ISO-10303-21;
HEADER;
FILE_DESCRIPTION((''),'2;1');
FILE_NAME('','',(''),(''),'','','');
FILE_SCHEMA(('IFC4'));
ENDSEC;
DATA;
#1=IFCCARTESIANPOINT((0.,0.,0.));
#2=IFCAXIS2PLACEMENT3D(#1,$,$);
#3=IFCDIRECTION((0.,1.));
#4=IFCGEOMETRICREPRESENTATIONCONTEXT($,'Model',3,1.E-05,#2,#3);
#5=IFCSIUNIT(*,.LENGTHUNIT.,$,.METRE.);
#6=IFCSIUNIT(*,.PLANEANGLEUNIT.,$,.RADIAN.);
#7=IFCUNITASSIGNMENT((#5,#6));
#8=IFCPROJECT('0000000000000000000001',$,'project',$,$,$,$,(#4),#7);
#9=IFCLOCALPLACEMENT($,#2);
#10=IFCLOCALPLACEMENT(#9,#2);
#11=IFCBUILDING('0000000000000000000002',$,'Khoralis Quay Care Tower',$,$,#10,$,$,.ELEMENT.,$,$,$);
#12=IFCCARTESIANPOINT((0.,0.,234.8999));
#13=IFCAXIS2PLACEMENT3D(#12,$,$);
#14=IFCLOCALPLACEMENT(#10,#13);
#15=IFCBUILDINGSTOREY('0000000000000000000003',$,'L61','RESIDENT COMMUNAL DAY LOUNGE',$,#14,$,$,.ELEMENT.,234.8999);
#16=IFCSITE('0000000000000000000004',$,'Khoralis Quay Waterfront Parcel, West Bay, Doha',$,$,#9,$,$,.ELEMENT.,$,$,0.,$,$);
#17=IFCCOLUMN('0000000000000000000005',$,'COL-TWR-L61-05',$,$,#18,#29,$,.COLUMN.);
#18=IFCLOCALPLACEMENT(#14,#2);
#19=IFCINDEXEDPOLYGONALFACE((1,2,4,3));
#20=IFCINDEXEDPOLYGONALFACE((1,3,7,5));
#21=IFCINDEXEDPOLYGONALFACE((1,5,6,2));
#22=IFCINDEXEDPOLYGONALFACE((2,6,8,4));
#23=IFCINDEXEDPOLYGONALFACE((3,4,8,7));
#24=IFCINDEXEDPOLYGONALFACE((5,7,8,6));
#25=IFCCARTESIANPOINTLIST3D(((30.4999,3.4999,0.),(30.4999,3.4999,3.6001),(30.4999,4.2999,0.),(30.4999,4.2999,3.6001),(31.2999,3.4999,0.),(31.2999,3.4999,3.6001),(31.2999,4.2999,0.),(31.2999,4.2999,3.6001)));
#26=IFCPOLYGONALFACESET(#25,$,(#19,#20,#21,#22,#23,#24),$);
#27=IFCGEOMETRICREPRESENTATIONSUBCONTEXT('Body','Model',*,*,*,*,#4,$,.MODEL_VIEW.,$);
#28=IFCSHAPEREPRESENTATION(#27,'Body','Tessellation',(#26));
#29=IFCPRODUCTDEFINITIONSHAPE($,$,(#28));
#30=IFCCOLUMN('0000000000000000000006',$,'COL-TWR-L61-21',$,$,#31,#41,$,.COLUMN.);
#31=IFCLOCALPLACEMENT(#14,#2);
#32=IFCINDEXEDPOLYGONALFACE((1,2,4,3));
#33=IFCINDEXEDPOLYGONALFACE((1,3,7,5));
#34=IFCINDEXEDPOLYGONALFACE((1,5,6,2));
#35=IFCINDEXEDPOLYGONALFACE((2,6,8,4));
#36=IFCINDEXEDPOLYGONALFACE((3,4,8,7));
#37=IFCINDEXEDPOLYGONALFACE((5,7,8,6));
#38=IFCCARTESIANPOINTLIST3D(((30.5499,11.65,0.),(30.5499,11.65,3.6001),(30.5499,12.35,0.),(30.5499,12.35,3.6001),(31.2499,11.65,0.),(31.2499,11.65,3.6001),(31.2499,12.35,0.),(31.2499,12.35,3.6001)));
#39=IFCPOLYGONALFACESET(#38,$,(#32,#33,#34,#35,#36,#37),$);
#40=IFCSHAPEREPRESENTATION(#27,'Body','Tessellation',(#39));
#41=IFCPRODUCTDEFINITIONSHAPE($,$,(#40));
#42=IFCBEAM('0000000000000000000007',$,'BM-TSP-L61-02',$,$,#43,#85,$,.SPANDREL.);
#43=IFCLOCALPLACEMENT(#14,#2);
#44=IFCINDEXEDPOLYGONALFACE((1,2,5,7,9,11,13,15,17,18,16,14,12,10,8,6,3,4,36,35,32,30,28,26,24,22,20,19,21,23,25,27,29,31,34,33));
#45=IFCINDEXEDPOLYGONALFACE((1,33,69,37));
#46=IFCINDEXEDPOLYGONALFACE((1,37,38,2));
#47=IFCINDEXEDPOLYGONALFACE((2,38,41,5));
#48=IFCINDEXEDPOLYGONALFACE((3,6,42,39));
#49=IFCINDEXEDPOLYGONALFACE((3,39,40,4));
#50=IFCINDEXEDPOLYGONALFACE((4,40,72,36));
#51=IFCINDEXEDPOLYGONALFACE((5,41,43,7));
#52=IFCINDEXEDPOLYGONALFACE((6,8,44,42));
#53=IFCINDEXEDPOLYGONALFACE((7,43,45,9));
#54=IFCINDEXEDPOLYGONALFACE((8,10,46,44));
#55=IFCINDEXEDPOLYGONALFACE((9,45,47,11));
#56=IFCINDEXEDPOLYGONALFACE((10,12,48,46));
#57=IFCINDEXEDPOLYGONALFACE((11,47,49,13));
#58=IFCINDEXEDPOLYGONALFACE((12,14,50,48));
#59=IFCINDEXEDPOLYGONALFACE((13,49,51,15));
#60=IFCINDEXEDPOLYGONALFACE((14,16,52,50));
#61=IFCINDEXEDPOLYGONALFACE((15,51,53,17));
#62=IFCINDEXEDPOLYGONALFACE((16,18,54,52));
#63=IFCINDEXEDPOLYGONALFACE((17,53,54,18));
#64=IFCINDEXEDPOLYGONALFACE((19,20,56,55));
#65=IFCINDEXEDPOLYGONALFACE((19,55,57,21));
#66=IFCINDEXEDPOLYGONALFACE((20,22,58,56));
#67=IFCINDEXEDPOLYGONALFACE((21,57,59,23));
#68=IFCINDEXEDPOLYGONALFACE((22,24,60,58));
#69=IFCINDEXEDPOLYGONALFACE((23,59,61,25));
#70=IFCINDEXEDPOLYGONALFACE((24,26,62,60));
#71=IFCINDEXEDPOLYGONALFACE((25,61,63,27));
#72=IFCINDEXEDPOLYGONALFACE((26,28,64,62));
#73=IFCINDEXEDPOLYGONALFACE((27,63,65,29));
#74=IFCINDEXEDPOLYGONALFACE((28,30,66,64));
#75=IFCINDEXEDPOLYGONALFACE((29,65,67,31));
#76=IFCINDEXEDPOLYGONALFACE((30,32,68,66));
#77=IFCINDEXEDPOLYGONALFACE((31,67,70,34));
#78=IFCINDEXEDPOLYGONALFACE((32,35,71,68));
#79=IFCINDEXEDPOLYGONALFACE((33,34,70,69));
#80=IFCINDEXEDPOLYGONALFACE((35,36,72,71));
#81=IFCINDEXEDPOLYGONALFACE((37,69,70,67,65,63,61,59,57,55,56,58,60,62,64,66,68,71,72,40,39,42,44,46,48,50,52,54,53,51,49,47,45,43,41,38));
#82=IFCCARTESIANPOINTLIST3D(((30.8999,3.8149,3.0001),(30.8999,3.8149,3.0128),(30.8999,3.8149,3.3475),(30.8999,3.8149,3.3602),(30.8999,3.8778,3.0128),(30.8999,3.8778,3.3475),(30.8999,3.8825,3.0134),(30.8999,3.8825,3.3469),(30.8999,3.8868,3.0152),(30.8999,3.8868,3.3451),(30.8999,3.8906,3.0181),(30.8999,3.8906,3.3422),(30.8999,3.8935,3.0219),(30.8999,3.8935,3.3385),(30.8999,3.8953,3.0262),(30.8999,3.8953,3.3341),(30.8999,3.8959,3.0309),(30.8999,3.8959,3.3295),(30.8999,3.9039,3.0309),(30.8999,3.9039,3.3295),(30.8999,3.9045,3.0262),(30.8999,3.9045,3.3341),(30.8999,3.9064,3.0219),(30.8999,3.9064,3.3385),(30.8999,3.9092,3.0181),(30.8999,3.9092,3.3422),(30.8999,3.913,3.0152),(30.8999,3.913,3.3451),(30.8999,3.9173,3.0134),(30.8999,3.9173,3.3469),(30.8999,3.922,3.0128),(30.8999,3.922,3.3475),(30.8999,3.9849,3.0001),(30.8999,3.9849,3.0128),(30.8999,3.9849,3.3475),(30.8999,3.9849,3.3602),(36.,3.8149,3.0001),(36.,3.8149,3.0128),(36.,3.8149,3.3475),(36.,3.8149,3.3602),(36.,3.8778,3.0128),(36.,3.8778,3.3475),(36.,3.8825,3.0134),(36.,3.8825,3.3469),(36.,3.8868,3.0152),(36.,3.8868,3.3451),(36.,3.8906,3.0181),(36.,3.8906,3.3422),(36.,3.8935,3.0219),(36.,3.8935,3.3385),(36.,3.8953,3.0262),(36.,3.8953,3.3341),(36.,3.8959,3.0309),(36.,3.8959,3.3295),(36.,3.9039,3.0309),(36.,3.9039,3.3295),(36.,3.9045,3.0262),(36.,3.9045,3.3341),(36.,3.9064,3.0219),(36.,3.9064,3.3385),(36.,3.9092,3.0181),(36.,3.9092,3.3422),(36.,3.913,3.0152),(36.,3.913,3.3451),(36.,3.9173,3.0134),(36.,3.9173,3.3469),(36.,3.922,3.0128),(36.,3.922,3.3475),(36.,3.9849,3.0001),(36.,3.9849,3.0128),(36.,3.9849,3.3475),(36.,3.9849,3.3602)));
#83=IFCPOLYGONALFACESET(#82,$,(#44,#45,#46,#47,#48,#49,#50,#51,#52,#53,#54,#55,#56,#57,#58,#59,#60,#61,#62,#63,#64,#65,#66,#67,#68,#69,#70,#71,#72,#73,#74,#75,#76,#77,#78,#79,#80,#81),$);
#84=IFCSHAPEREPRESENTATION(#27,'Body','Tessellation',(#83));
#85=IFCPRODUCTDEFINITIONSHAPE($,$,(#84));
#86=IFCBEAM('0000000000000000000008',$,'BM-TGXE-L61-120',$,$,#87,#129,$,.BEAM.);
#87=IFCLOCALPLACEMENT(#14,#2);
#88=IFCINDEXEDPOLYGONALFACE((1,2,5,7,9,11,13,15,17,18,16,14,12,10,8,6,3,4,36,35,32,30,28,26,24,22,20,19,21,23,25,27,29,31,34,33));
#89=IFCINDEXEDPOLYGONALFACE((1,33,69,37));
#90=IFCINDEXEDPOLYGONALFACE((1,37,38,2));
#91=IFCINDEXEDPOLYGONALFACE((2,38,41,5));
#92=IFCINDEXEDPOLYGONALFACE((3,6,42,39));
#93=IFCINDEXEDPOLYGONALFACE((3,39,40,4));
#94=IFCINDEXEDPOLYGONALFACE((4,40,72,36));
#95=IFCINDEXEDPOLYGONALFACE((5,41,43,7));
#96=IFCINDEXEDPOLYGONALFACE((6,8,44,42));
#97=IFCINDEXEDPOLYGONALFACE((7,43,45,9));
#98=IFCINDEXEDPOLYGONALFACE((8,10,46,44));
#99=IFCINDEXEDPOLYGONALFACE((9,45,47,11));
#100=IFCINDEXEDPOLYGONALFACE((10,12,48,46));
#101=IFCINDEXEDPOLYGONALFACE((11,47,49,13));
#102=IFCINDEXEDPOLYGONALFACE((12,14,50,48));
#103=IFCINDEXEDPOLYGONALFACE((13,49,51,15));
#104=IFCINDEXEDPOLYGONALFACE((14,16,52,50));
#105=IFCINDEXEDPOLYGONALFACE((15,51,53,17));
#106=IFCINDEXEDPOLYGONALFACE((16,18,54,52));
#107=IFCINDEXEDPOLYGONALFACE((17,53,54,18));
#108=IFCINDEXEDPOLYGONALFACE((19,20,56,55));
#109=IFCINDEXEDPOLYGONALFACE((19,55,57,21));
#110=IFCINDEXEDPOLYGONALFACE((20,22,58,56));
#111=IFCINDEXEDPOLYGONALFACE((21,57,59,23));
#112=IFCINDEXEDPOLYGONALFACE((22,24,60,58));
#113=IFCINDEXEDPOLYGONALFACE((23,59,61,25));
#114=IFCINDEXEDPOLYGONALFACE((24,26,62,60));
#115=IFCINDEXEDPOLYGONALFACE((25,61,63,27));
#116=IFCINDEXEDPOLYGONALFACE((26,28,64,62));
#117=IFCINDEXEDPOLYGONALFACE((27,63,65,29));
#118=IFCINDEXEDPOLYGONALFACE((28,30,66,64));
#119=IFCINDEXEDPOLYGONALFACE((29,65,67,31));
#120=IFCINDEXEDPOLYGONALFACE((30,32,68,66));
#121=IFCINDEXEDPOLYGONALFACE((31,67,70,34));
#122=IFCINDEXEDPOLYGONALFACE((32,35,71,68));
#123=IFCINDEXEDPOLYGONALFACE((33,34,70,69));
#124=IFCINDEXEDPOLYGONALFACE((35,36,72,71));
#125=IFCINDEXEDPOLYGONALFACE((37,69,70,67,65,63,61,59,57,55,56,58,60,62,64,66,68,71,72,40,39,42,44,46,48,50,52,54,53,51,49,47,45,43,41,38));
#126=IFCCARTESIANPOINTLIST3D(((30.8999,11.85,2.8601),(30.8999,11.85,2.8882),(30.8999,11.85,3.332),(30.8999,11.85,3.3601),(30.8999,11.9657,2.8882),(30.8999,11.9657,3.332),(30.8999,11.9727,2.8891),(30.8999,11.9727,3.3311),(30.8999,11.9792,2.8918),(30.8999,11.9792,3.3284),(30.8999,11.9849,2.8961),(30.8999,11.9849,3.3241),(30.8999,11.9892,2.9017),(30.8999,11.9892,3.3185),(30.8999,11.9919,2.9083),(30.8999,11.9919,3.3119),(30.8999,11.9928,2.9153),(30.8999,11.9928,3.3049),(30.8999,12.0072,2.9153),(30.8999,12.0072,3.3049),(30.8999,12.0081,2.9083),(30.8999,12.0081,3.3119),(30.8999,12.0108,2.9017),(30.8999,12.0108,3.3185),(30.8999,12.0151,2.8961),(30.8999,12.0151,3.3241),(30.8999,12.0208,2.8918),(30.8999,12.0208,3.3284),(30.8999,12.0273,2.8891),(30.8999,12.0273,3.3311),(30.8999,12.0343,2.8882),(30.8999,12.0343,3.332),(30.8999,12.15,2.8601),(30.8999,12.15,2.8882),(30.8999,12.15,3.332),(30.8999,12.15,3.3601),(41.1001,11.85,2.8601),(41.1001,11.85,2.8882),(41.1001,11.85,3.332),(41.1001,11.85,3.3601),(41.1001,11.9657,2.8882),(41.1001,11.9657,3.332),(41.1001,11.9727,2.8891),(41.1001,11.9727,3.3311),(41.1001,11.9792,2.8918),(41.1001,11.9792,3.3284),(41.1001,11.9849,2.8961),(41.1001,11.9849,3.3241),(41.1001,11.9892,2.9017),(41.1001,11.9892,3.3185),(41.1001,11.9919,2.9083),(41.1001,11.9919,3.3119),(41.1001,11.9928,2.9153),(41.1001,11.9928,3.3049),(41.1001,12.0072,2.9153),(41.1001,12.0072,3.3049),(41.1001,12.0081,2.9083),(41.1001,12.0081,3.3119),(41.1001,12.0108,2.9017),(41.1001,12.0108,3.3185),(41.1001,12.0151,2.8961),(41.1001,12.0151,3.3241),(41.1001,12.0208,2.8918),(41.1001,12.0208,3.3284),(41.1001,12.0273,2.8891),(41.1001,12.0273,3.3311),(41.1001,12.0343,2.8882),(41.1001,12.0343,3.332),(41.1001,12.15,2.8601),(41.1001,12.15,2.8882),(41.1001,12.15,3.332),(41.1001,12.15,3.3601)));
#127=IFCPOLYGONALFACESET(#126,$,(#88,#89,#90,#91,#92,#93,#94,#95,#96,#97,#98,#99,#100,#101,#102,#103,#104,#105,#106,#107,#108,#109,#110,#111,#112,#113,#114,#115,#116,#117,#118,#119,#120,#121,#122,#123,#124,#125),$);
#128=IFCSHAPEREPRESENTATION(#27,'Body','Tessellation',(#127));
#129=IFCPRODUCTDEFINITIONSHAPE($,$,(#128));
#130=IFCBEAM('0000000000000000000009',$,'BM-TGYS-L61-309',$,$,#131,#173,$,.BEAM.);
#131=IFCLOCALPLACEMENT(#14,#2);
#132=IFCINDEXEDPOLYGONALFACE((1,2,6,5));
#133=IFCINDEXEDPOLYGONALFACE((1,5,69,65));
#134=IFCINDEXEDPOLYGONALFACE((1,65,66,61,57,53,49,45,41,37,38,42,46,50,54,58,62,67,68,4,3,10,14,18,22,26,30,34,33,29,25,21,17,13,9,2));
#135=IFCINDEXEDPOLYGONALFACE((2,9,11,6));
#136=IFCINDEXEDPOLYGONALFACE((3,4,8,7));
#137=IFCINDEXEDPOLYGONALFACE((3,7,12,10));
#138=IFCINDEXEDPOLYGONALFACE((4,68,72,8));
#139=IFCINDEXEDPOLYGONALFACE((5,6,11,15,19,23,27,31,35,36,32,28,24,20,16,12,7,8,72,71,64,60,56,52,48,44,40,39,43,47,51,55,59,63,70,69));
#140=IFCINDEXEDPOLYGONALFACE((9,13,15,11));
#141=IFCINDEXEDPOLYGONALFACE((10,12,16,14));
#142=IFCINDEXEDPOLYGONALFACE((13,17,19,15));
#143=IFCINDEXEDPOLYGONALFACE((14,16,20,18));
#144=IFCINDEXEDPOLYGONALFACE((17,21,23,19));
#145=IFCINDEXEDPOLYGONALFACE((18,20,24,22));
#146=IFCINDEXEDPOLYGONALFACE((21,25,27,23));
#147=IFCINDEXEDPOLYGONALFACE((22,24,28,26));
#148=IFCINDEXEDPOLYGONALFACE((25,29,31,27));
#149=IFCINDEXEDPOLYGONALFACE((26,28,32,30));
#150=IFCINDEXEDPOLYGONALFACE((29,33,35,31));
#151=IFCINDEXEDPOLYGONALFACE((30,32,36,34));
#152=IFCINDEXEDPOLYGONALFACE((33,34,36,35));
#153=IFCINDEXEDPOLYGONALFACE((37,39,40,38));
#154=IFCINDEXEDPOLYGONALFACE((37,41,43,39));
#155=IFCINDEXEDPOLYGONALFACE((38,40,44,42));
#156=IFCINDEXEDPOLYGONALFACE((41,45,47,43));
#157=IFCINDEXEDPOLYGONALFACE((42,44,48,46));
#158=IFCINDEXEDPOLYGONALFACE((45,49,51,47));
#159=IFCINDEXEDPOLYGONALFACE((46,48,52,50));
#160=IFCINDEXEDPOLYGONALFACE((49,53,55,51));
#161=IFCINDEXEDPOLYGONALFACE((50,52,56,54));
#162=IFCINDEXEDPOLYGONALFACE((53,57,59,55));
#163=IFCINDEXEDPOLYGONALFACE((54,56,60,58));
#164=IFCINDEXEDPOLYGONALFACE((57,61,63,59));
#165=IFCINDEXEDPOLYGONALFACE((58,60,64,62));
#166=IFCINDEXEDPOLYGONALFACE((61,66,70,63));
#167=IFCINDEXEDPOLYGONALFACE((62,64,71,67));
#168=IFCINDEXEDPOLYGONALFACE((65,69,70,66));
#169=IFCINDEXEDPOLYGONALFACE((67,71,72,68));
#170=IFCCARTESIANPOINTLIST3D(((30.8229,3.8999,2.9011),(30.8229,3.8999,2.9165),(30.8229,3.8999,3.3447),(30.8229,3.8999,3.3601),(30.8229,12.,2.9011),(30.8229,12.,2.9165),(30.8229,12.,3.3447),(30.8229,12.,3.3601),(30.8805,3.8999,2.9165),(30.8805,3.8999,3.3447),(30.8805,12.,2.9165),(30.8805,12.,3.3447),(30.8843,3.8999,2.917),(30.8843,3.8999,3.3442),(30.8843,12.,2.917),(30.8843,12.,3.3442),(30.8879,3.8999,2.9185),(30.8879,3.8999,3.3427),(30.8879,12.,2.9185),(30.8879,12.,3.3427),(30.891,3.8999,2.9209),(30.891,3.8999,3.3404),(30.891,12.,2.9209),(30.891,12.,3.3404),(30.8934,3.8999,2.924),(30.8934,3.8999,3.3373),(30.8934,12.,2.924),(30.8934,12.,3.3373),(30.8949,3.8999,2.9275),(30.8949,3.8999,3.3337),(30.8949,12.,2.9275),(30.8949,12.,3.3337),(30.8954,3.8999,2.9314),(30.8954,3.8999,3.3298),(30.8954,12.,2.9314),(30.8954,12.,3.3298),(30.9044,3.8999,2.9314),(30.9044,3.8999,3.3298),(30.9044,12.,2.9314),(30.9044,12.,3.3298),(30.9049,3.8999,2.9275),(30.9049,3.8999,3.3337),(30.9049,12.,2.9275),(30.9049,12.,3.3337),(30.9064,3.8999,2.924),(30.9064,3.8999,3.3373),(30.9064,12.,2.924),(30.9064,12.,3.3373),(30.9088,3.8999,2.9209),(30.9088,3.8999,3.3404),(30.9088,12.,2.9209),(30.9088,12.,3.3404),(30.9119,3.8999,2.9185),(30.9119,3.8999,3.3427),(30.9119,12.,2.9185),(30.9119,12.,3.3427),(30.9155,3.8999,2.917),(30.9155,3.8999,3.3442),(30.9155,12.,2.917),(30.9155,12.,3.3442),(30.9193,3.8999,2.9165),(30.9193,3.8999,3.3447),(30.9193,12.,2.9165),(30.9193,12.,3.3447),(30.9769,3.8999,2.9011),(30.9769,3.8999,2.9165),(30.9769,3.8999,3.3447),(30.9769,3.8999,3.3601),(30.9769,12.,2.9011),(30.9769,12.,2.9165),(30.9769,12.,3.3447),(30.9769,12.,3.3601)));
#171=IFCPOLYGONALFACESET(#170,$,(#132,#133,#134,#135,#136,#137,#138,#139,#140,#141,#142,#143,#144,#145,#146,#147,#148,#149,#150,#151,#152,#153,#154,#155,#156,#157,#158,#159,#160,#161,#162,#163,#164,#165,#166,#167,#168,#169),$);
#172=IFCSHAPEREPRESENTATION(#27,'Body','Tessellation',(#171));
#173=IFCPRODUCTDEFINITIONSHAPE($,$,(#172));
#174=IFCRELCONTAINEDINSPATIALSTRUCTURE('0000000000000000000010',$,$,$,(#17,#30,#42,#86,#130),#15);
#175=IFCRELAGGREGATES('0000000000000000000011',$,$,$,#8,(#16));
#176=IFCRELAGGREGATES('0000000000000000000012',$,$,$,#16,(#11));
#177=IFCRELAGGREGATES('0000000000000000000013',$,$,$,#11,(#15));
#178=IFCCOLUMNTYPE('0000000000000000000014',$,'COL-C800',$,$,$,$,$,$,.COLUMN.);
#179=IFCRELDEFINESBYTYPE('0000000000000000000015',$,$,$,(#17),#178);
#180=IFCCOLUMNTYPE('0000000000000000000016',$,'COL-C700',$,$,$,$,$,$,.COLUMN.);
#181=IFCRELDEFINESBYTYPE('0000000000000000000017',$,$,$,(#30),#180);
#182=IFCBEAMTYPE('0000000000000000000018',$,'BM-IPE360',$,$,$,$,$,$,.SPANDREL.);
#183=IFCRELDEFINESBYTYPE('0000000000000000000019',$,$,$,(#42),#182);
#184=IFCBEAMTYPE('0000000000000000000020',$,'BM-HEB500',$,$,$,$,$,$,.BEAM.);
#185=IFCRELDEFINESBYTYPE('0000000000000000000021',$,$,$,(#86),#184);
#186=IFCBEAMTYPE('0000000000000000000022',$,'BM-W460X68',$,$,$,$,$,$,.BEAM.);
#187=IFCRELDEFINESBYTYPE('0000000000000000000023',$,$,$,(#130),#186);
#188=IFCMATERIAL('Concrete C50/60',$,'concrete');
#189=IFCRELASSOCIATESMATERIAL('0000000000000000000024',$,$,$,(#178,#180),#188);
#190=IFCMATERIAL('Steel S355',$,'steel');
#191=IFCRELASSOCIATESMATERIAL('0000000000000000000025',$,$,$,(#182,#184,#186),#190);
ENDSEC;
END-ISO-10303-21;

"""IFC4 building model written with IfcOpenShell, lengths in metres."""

from ifc_helpers import new_model, si_unit, direction, frame, origin, origin_2d, place, context, subcontext, project, spatial, rectangle, i_section, extrude, source, transform, mapped, material, material_profile, profile_set, type_object, element, save


model = new_model("IFC4")

# Units and contexts
model_context = context("Model", 3, precision=1e-05, world=origin(), true_north=direction((0.0, 1.0)))
body_context = subcontext(model_context, "Body", "Model", "MODEL_VIEW")
ifc_project = project(units=[si_unit("LENGTHUNIT", "METRE"), si_unit("PLANEANGLEUNIT", "RADIAN")], contexts=[model_context])

# Site, building, storey
site_placement = place(None, origin())
site = spatial("IfcSite", under=ifc_project, at=site_placement, Name="Khoralis Quay Waterfront Parcel, West Bay, Doha", CompositionType="ELEMENT", RefElevation=0.0)
building_placement = place(site_placement, origin())
building = spatial("IfcBuilding", under=site, at=building_placement, Name="Khoralis Quay Care Tower", CompositionType="ELEMENT")
storey_placement = place(building_placement, frame((0.0, 0.0, 234.8999)))
storey = spatial("IfcBuildingStorey", under=building, at=storey_placement, Name="L61", Description="RESIDENT COMMUNAL DAY LOUNGE", CompositionType="ELEMENT", Elevation=234.8999)

# Columns
ifc_material_1 = material(Name="Concrete C50/60", Category="concrete")
ifc_material_profile_1 = material_profile(ifc_material_1, rectangle(XDim=0.8, YDim=0.8, at=origin_2d()), Name="Concrete C50/60")
ifc_profile_set_1 = profile_set([ifc_material_profile_1], Name="Concrete C50/60")
column_type_1 = type_object("IfcColumnType", Name="COL-C800", PredefinedType="COLUMN", material=ifc_profile_set_1)
shared_shape_1 = source(origin(), body_context, "Body", "SweptSolid", [
    extrude(rectangle(XDim=0.8, YDim=0.8, at=origin_2d()), origin(), (0.0, 0.0, 1.0), 3.6001),
])
column_1_placement = place(storey_placement, frame((30.8999, 3.8999, 0.0), z_axis=(0.0, 0.0, 1.0), x_axis=(1.0, 0.0, 0.0)))
element("IfcColumn", 1, at=column_1_placement, inside=storey, type_object=column_type_1, Name="COL-TWR-L61-05", PredefinedType="COLUMN", context=body_context, shape_type="MappedRepresentation", body=[
    mapped(shared_shape_1, transform((0.0, 0.0, 0.0), scale=1.0)),
])
ifc_material_profile_2 = material_profile(ifc_material_1, rectangle(XDim=0.7, YDim=0.7, at=origin_2d()), Name="Concrete C50/60")
ifc_profile_set_2 = profile_set([ifc_material_profile_2], Name="Concrete C50/60")
column_type_2 = type_object("IfcColumnType", Name="COL-C700", PredefinedType="COLUMN", material=ifc_profile_set_2)
shared_shape_2 = source(origin(), body_context, "Body", "SweptSolid", [
    extrude(rectangle(XDim=0.7, YDim=0.7, at=origin_2d()), origin(), (0.0, 0.0, 1.0), 3.6001),
])
column_2_placement = place(storey_placement, frame((30.8999, 12.0, 0.0), z_axis=(0.0, 0.0, 1.0), x_axis=(1.0, 0.0, 0.0)))
element("IfcColumn", 2, at=column_2_placement, inside=storey, type_object=column_type_2, Name="COL-TWR-L61-21", PredefinedType="COLUMN", context=body_context, shape_type="MappedRepresentation", body=[
    mapped(shared_shape_2, transform((0.0, 0.0, 0.0), scale=1.0)),
])

# Beams
ifc_material_2 = material(Name="Steel S355", Category="steel")
ifc_material_profile_3 = material_profile(ifc_material_2, i_section(OverallWidth=0.1699, OverallDepth=0.3601, WebThickness=0.0081, FlangeThickness=0.0127, FilletRadius=0.0181, at=origin_2d()), Name="Steel S355")
ifc_profile_set_3 = profile_set([ifc_material_profile_3], Name="Steel S355")
beam_type_1 = type_object("IfcBeamType", Name="BM-IPE360", PredefinedType="SPANDREL", material=ifc_profile_set_3)
shared_shape_3 = source(origin(), body_context, "Body", "SweptSolid", [
    extrude(i_section(OverallWidth=0.1699, OverallDepth=0.3601, WebThickness=0.0081, FlangeThickness=0.0127, FilletRadius=0.0181, at=origin_2d()), origin(), (0.0, 0.0, 1.0), 5.1001),
])
beam_1_placement = place(storey_placement, frame((30.8999, 3.8999, 3.1802), z_axis=(1.0, 0.0, 0.0), x_axis=(0.0, 1.0, 0.0)))
element("IfcBeam", 3, at=beam_1_placement, inside=storey, type_object=beam_type_1, Name="BM-TSP-L61-02", PredefinedType="SPANDREL", context=body_context, shape_type="MappedRepresentation", body=[
    mapped(shared_shape_3, transform((0.0, 0.0, 0.0), scale=1.0)),
])
ifc_material_profile_4 = material_profile(ifc_material_2, i_section(OverallWidth=0.3, OverallDepth=0.5, WebThickness=0.0144, FlangeThickness=0.0281, FilletRadius=0.0271, at=origin_2d()), Name="Steel S355")
ifc_profile_set_4 = profile_set([ifc_material_profile_4], Name="Steel S355")
beam_type_2 = type_object("IfcBeamType", Name="BM-HEB500", PredefinedType="BEAM", material=ifc_profile_set_4)
shared_shape_4 = source(origin(), body_context, "Body", "SweptSolid", [
    extrude(i_section(OverallWidth=0.3, OverallDepth=0.5, WebThickness=0.0144, FlangeThickness=0.0281, FilletRadius=0.0271, at=origin_2d()), origin(), (0.0, 0.0, 1.0), 10.2002),
])
beam_2_placement = place(storey_placement, frame((30.8999, 12.0, 3.1101), z_axis=(1.0, 0.0, 0.0), x_axis=(0.0, 1.0, 0.0)))
element("IfcBeam", 4, at=beam_2_placement, inside=storey, type_object=beam_type_2, Name="BM-TGXE-L61-120", PredefinedType="BEAM", context=body_context, shape_type="MappedRepresentation", body=[
    mapped(shared_shape_4, transform((0.0, 0.0, 0.0), scale=1.0)),
])
ifc_material_profile_5 = material_profile(ifc_material_2, i_section(OverallWidth=0.1541, OverallDepth=0.459, WebThickness=0.009, FlangeThickness=0.0154, FilletRadius=0.0149, at=origin_2d()), Name="Steel S355")
ifc_profile_set_5 = profile_set([ifc_material_profile_5], Name="Steel S355")
beam_type_3 = type_object("IfcBeamType", Name="BM-W460X68", PredefinedType="BEAM", material=ifc_profile_set_5)
shared_shape_5 = source(origin(), body_context, "Body", "SweptSolid", [
    extrude(i_section(OverallWidth=0.1541, OverallDepth=0.459, WebThickness=0.009, FlangeThickness=0.0154, FilletRadius=0.0149, at=origin_2d()), origin(), (0.0, 0.0, 1.0), 8.1001),
])
beam_3_placement = place(storey_placement, frame((30.8999, 3.8999, 3.1306), z_axis=(0.0, 1.0, 0.0), x_axis=(-1.0, 0.0, 0.0)))
element("IfcBeam", 5, at=beam_3_placement, inside=storey, type_object=beam_type_3, Name="BM-TGYS-L61-309", PredefinedType="BEAM", context=body_context, shape_type="MappedRepresentation", body=[
    mapped(shared_shape_5, transform((0.0, 0.0, 0.0), scale=1.0)),
])

save(model, "model.ifc")
